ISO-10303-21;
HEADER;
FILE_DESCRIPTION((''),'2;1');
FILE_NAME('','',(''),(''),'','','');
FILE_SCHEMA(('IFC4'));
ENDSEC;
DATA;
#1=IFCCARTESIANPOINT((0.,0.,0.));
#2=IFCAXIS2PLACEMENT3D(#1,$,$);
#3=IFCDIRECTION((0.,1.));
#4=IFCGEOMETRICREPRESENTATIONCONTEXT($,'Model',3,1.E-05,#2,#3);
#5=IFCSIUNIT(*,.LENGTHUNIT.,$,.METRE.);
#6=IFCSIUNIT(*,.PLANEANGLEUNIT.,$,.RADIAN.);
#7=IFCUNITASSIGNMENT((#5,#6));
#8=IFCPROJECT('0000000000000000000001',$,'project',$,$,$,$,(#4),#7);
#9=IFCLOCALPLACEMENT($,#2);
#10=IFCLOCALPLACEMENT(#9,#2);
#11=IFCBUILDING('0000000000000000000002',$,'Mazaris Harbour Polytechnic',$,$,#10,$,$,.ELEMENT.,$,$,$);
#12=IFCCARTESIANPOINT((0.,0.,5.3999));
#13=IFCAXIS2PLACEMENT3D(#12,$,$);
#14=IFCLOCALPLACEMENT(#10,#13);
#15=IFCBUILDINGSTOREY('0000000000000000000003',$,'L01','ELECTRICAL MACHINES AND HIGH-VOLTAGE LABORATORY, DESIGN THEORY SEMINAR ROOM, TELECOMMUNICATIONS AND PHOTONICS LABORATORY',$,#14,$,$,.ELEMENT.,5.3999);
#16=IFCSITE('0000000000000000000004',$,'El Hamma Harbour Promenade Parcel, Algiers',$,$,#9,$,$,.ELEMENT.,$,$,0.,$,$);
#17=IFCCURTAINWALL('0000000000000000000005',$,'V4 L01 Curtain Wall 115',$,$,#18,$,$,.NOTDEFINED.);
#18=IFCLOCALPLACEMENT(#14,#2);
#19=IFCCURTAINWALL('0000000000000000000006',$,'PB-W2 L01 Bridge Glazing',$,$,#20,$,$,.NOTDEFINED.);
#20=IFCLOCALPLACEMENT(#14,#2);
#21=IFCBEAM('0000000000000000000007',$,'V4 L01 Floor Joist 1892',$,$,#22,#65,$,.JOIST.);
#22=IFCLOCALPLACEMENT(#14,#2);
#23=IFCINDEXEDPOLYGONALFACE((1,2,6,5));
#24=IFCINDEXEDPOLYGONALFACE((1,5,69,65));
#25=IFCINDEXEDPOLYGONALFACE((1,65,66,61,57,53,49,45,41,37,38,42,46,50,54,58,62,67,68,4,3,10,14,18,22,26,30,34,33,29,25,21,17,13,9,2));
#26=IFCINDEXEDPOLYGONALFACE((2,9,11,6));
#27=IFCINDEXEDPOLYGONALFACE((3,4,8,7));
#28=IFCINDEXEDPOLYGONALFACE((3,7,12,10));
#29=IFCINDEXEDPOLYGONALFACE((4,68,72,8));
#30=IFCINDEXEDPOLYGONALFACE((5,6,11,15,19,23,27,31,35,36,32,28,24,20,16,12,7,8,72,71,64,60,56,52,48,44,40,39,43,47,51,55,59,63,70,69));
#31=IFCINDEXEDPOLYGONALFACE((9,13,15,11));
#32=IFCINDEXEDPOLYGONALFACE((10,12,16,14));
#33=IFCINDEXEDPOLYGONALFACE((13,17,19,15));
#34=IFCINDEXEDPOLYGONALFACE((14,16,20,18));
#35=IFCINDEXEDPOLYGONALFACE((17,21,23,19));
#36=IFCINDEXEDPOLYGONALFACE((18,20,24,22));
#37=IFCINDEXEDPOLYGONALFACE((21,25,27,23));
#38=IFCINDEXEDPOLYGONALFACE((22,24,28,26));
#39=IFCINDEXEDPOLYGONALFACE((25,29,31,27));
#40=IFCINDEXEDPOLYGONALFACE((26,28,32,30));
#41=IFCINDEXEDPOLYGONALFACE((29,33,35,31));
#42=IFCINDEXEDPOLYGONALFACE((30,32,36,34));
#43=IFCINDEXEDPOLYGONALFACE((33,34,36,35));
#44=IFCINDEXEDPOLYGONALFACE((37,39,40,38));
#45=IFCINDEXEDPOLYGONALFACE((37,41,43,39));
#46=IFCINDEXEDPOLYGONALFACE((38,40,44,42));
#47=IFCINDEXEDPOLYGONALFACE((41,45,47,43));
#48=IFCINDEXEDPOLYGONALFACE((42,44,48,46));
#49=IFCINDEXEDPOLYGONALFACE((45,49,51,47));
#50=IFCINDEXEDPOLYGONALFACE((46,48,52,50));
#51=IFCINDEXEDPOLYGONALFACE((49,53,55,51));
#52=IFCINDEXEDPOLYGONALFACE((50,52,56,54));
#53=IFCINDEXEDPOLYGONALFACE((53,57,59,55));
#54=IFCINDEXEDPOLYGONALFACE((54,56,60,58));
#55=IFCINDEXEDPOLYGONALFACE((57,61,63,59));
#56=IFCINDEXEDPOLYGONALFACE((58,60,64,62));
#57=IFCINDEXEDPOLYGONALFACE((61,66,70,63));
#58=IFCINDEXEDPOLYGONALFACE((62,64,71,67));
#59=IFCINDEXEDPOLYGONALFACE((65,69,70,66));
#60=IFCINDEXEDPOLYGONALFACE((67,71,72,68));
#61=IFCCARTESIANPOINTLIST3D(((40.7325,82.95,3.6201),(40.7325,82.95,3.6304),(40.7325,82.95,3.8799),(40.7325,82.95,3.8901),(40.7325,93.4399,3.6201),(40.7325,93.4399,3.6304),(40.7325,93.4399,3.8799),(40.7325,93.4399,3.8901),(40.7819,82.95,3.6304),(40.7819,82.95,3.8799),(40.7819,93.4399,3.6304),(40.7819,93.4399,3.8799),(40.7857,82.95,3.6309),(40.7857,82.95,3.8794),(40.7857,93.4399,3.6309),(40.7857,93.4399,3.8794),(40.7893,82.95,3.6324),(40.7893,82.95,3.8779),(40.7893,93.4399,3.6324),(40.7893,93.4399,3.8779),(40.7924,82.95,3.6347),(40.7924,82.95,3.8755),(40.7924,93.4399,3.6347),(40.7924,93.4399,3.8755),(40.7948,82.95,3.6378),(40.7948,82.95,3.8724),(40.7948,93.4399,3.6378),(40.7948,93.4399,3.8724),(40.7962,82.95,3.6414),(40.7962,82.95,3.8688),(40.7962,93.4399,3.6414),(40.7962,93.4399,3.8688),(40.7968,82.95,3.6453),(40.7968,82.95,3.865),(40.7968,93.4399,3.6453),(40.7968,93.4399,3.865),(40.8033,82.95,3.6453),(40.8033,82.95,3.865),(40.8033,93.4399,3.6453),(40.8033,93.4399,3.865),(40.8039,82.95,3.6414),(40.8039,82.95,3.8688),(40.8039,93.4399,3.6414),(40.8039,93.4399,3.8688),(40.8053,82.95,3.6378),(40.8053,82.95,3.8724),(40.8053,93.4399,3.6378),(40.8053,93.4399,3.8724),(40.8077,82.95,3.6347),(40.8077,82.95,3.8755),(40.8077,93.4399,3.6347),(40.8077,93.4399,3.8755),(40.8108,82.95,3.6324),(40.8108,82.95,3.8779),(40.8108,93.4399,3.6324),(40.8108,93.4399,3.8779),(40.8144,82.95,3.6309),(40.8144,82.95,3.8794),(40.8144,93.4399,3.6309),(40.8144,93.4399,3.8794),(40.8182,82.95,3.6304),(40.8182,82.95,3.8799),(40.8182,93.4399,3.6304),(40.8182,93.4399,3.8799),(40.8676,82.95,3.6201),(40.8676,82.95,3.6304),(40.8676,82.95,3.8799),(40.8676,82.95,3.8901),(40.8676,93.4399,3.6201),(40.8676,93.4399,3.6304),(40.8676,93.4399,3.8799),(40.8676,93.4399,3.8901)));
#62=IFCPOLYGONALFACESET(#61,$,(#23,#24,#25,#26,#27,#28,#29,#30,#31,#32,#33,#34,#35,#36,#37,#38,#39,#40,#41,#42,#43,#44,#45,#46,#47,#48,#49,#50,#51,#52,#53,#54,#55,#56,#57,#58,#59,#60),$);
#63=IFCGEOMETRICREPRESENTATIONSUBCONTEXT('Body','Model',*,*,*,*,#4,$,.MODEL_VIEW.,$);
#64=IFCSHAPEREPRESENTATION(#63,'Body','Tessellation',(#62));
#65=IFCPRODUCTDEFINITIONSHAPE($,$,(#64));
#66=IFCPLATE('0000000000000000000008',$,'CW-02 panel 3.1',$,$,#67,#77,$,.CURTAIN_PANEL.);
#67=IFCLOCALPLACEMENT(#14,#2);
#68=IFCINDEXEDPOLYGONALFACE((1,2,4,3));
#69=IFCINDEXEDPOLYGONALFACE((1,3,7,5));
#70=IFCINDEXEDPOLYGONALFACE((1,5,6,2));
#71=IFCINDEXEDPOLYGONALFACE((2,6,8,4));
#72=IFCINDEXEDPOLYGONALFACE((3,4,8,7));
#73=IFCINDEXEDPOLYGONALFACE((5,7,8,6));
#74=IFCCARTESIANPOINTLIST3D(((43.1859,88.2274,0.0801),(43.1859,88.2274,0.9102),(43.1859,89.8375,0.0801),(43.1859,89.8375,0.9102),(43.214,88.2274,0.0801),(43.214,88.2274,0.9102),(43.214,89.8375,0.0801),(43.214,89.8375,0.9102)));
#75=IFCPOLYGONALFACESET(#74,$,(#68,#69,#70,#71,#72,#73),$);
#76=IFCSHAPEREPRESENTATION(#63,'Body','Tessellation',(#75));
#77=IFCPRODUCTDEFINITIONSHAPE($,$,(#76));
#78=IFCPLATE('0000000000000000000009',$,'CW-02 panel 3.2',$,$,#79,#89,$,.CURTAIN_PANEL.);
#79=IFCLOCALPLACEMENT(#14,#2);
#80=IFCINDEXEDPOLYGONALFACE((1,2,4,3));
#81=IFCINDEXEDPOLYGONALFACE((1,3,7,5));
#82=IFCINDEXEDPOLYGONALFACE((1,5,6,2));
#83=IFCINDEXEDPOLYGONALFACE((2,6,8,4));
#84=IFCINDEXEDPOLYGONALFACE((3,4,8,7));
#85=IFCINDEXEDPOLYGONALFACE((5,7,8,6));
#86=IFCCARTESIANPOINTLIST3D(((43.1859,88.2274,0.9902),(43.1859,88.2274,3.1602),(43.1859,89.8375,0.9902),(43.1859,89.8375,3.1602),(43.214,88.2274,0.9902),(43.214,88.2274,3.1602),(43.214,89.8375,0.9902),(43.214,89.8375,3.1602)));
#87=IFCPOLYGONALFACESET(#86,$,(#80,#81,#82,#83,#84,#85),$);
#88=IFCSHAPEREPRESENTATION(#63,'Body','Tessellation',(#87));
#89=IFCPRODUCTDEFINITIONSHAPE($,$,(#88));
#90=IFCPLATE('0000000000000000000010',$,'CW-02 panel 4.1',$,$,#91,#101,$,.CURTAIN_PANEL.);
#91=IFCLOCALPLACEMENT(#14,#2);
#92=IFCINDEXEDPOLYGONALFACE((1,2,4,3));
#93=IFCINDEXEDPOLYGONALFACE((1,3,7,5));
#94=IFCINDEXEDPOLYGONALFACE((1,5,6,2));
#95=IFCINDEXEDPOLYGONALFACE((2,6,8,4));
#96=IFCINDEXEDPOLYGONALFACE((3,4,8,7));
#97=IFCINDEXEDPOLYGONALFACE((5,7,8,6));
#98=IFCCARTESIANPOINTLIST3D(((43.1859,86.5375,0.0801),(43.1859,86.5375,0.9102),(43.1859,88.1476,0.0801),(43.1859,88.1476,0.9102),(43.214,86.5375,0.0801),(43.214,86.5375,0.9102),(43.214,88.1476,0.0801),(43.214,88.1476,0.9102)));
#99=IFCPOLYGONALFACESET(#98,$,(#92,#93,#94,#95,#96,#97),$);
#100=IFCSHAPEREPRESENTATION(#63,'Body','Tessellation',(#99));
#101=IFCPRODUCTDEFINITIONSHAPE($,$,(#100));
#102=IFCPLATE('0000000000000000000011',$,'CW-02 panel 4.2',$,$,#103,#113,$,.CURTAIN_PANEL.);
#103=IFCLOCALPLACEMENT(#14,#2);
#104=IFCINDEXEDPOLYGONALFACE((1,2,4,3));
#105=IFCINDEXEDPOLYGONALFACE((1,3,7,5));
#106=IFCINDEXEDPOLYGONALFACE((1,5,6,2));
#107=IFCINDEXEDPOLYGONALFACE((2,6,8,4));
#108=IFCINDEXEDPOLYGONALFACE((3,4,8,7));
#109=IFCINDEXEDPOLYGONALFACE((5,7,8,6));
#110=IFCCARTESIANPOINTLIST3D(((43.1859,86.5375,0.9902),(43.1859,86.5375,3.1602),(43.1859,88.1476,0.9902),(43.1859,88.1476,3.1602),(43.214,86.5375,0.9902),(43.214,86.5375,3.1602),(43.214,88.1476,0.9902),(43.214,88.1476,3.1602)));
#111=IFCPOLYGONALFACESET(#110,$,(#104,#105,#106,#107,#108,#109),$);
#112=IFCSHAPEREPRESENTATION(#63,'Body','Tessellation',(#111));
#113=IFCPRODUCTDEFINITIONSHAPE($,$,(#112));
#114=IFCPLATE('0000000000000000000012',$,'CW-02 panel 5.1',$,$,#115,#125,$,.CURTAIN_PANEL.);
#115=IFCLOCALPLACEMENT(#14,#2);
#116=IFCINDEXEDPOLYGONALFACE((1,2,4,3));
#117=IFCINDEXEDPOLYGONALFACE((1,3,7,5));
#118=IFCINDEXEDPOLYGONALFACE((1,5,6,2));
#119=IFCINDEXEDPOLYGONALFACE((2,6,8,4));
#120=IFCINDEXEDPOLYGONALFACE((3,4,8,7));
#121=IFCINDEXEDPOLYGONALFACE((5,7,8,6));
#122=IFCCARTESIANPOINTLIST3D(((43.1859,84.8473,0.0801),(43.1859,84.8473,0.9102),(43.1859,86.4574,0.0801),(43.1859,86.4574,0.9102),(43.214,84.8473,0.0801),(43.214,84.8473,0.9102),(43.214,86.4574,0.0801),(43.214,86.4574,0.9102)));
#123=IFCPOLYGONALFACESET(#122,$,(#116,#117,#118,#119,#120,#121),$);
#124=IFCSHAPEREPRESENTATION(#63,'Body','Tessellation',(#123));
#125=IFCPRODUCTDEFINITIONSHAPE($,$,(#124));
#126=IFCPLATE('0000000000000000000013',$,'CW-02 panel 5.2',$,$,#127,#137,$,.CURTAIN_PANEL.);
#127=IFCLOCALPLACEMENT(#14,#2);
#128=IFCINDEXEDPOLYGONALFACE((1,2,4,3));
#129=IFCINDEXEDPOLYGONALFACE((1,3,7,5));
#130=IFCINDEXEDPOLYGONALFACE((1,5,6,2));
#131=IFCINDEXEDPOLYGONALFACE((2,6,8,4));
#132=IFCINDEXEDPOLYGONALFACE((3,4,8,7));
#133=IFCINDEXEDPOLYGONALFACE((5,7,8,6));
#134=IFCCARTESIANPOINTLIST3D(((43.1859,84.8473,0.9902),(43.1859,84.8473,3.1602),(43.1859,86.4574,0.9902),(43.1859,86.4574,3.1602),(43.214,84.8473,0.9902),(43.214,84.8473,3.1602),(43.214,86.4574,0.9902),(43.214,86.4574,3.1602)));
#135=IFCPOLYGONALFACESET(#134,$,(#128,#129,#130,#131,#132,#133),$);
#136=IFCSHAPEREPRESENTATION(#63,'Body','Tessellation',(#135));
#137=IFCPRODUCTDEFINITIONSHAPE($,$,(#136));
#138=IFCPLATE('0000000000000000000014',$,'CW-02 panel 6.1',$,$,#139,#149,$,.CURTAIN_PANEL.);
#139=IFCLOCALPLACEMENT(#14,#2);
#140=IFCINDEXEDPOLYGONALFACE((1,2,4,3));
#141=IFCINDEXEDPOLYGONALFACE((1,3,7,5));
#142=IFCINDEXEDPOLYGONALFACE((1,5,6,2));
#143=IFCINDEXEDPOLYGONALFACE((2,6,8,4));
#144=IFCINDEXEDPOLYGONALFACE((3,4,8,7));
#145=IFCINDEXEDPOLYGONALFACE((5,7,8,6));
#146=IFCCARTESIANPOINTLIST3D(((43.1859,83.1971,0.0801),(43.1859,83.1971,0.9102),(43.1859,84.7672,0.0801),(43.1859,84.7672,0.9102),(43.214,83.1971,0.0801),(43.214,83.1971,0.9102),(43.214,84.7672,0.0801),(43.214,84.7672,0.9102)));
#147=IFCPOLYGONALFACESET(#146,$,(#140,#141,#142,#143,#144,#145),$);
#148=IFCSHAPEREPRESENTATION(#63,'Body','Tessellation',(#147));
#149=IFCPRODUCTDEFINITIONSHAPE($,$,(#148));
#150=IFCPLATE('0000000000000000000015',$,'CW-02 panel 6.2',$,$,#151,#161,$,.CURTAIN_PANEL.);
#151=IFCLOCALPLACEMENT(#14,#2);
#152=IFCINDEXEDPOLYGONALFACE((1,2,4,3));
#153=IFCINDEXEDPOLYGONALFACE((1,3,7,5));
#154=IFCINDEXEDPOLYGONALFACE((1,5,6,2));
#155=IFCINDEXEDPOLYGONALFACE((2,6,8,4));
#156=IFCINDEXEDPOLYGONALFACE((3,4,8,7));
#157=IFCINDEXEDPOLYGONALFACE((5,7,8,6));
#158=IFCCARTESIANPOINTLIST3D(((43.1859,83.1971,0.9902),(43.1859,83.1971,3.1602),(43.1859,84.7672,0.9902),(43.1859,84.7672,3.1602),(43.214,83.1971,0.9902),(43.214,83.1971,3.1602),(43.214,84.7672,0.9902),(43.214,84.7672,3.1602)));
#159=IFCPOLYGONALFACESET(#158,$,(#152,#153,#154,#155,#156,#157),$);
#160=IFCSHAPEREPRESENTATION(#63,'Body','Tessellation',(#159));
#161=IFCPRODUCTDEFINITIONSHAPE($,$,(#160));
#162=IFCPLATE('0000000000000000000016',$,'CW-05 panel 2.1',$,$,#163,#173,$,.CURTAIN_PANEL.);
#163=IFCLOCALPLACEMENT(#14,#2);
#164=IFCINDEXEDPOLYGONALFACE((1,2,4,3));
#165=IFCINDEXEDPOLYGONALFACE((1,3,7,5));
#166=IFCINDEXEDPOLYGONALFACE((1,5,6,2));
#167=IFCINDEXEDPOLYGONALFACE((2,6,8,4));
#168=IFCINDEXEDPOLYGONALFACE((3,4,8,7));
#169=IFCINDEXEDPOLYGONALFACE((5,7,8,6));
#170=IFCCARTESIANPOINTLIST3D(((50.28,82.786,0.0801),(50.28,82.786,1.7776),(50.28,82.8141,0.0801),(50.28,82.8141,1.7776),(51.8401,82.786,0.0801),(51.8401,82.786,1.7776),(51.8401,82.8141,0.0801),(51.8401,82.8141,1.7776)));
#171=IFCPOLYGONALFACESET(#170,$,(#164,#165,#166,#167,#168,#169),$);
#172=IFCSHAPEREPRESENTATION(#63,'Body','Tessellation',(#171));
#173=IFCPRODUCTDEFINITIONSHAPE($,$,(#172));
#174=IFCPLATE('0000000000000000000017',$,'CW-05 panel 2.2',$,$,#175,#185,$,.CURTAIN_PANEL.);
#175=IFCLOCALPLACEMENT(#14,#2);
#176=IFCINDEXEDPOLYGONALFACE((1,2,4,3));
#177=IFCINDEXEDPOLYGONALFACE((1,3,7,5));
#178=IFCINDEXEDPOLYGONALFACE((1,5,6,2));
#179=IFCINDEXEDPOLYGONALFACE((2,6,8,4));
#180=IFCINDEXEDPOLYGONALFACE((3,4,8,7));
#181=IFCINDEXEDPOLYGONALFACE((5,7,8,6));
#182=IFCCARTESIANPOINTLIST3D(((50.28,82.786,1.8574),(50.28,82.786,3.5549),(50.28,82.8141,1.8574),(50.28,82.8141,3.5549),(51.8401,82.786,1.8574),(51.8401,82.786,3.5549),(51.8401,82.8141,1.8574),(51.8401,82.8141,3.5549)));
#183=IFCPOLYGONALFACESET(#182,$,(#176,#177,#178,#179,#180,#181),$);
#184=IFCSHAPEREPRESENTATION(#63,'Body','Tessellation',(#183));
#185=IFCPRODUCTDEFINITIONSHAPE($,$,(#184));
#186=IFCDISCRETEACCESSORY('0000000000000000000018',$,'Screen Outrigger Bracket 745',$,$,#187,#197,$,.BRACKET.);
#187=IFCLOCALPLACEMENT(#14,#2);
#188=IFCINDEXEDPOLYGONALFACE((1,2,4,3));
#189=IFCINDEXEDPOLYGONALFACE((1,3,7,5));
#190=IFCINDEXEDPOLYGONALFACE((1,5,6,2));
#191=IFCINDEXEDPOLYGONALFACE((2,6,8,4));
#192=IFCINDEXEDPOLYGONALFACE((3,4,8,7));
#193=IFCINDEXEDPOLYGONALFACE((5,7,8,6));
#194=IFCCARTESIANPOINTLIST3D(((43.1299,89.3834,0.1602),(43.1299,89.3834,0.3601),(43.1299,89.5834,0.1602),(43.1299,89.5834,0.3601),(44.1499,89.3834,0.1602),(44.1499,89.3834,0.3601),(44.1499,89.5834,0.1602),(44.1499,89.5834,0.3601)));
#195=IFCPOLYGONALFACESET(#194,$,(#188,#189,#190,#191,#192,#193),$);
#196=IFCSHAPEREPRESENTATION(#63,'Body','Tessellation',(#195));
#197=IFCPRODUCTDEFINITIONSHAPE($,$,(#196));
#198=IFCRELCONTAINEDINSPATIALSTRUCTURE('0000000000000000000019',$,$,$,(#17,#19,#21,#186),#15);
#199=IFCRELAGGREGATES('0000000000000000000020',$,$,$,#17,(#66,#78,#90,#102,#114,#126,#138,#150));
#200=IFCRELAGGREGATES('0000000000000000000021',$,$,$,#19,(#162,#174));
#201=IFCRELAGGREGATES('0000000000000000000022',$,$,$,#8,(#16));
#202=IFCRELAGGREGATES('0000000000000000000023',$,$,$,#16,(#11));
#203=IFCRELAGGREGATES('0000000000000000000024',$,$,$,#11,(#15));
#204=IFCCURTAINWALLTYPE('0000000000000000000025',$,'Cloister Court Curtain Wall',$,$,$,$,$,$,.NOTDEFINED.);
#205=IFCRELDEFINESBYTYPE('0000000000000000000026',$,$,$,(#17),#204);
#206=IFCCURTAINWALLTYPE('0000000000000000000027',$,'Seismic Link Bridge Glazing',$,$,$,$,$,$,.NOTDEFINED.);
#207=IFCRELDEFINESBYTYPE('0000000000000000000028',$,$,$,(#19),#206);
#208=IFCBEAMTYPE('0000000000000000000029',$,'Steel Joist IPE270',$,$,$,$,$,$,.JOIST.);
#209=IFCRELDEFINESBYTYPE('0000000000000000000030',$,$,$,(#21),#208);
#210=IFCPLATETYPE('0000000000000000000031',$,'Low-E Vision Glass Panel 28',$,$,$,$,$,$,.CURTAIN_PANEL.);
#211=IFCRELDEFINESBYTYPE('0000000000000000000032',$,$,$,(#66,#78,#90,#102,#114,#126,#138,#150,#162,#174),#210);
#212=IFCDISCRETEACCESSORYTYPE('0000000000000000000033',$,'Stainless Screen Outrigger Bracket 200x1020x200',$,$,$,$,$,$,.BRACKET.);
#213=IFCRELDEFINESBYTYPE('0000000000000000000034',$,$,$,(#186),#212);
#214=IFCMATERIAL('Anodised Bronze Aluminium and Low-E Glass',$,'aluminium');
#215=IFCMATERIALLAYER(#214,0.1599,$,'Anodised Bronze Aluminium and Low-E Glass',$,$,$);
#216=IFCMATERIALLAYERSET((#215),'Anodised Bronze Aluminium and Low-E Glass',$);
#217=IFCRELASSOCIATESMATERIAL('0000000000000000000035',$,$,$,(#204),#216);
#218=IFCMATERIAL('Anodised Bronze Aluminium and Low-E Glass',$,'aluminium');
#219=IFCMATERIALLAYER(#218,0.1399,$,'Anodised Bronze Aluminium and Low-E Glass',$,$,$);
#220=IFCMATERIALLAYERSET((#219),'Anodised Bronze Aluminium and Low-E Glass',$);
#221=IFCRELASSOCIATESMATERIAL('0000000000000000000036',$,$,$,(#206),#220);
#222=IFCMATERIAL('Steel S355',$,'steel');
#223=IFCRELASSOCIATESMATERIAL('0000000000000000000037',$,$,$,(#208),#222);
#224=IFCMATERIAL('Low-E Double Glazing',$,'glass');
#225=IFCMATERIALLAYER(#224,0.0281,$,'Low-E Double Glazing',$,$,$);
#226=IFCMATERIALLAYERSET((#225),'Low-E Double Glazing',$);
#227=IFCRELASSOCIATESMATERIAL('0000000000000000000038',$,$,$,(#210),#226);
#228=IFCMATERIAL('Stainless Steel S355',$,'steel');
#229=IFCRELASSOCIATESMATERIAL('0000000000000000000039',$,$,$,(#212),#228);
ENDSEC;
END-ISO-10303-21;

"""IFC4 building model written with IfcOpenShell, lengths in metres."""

from ifc_helpers import new_model, si_unit, direction, frame, origin, origin_2d, place, context, subcontext, project, spatial, rectangle, i_section, extrude, material, layer, layer_set, material_profile, profile_set, type_object, element, aggregate, save


model = new_model("IFC4")

# Units and contexts
model_context = context("Model", 3, precision=1e-05, world=origin(), true_north=direction((0.0, 1.0)))
body_context = subcontext(model_context, "Body", "Model", "MODEL_VIEW")
ifc_project = project(units=[si_unit("LENGTHUNIT", "METRE"), si_unit("PLANEANGLEUNIT", "RADIAN")], contexts=[model_context])

# Site, building, storey
site_placement = place(None, origin())
site = spatial("IfcSite", under=ifc_project, at=site_placement, Name="El Hamma Harbour Promenade Parcel, Algiers", CompositionType="ELEMENT", RefElevation=0.0)
building_placement = place(site_placement, origin())
building = spatial("IfcBuilding", under=site, at=building_placement, Name="Mazaris Harbour Polytechnic", CompositionType="ELEMENT")
storey_placement = place(building_placement, frame((0.0, 0.0, 5.3999)))
storey = spatial("IfcBuildingStorey", under=building, at=storey_placement, Name="L01", Description="ELECTRICAL MACHINES AND HIGH-VOLTAGE LABORATORY, DESIGN THEORY SEMINAR ROOM, TELECOMMUNICATIONS AND PHOTONICS LABORATORY", CompositionType="ELEMENT", Elevation=5.3999)

# Curtain wall
ifc_material_1 = material(Name="Anodised Bronze Aluminium and Low-E Glass", Category="aluminium")
ifc_layer_1 = layer(ifc_material_1, 0.1599, Name="Anodised Bronze Aluminium and Low-E Glass")
ifc_layer_set_1 = layer_set([ifc_layer_1], Name="Anodised Bronze Aluminium and Low-E Glass")
curtain_wall_type_1 = type_object("IfcCurtainWallType", Name="Cloister Court Curtain Wall", PredefinedType="NOTDEFINED", material=ifc_layer_set_1)
curtain_wall_1_placement = place(storey_placement, origin())
curtain_wall_1 = element("IfcCurtainWall", 1, at=curtain_wall_1_placement, inside=storey, type_object=curtain_wall_type_1, Name="V4 L01 Curtain Wall 115", PredefinedType="NOTDEFINED")

# Curtain wall
ifc_material_2 = material(Name="Anodised Bronze Aluminium and Low-E Glass", Category="aluminium")
ifc_layer_2 = layer(ifc_material_2, 0.1399, Name="Anodised Bronze Aluminium and Low-E Glass")
ifc_layer_set_2 = layer_set([ifc_layer_2], Name="Anodised Bronze Aluminium and Low-E Glass")
curtain_wall_type_2 = type_object("IfcCurtainWallType", Name="Seismic Link Bridge Glazing", PredefinedType="NOTDEFINED", material=ifc_layer_set_2)
curtain_wall_2_placement = place(storey_placement, origin())
curtain_wall_2 = element("IfcCurtainWall", 2, at=curtain_wall_2_placement, inside=storey, type_object=curtain_wall_type_2, Name="PB-W2 L01 Bridge Glazing", PredefinedType="NOTDEFINED")

# Beam
ifc_material_3 = material(Name="Steel S355", Category="steel")
ifc_material_profile_1 = material_profile(ifc_material_3, i_section(OverallWidth=0.135, OverallDepth=0.27, WebThickness=0.0066, FlangeThickness=0.0103, FilletRadius=0.0149, at=origin_2d()), Name="IPE 270")
ifc_profile_set_1 = profile_set([ifc_material_profile_1], Name="Steel S355")
beam_type_1 = type_object("IfcBeamType", Name="Steel Joist IPE270", PredefinedType="JOIST", material=ifc_profile_set_1)
beam_1_placement = place(storey_placement, frame((40.8, 82.95, 3.7551), z_axis=(0.0, 1.0, 0.0), x_axis=(-1.0, 0.0, 0.0)))
element("IfcBeam", 3, at=beam_1_placement, inside=storey, type_object=beam_type_1, Name="V4 L01 Floor Joist 1892", PredefinedType="JOIST", context=body_context, shape_type="SweptSolid", body=[
    extrude(i_section(OverallWidth=0.135, OverallDepth=0.27, WebThickness=0.0066, FlangeThickness=0.0103, FilletRadius=0.0149, at=origin_2d()), origin(), (0.0, 0.0, 1.0), 10.49),
])

# Plates
ifc_material_4 = material(Name="Low-E Double Glazing", Category="glass")
ifc_layer_3 = layer(ifc_material_4, 0.0281, Name="Low-E Double Glazing")
ifc_layer_set_3 = layer_set([ifc_layer_3], Name="Low-E Double Glazing")
plate_type = type_object("IfcPlateType", Name="Low-E Vision Glass Panel 28", PredefinedType="CURTAIN_PANEL", material=ifc_layer_set_3)
plate_1_placement = place(storey_placement, frame((43.2, 89.0325, 0.0801), z_axis=(0.0, 0.0, 1.0), x_axis=(0.0, -1.0, 0.0)))
plate_1 = element("IfcPlate", 4, at=plate_1_placement, type_object=plate_type, Name="CW-02 panel 3.1", PredefinedType="CURTAIN_PANEL", context=body_context, shape_type="SweptSolid", body=[
    extrude(rectangle(XDim=1.6101, YDim=0.0281, at=origin_2d()), origin(), (0.0, 0.0, 1.0), 0.8301),
])
plate_2_placement = place(storey_placement, frame((43.2, 89.0325, 0.9902), z_axis=(0.0, 0.0, 1.0), x_axis=(0.0, -1.0, 0.0)))
plate_2 = element("IfcPlate", 5, at=plate_2_placement, type_object=plate_type, Name="CW-02 panel 3.2", PredefinedType="CURTAIN_PANEL", context=body_context, shape_type="SweptSolid", body=[
    extrude(rectangle(XDim=1.6101, YDim=0.0281, at=origin_2d()), origin(), (0.0, 0.0, 1.0), 2.1699),
])
plate_3_placement = place(storey_placement, frame((43.2, 87.3425, 0.0801), z_axis=(0.0, 0.0, 1.0), x_axis=(0.0, -1.0, 0.0)))
plate_3 = element("IfcPlate", 6, at=plate_3_placement, type_object=plate_type, Name="CW-02 panel 4.1", PredefinedType="CURTAIN_PANEL", context=body_context, shape_type="SweptSolid", body=[
    extrude(rectangle(XDim=1.6101, YDim=0.0281, at=origin_2d()), origin(), (0.0, 0.0, 1.0), 0.8301),
])
plate_4_placement = place(storey_placement, frame((43.2, 87.3425, 0.9902), z_axis=(0.0, 0.0, 1.0), x_axis=(0.0, -1.0, 0.0)))
plate_4 = element("IfcPlate", 7, at=plate_4_placement, type_object=plate_type, Name="CW-02 panel 4.2", PredefinedType="CURTAIN_PANEL", context=body_context, shape_type="SweptSolid", body=[
    extrude(rectangle(XDim=1.6101, YDim=0.0281, at=origin_2d()), origin(), (0.0, 0.0, 1.0), 2.1699),
])
plate_5_placement = place(storey_placement, frame((43.2, 85.6523, 0.0801), z_axis=(0.0, 0.0, 1.0), x_axis=(0.0, -1.0, 0.0)))
plate_5 = element("IfcPlate", 8, at=plate_5_placement, type_object=plate_type, Name="CW-02 panel 5.1", PredefinedType="CURTAIN_PANEL", context=body_context, shape_type="SweptSolid", body=[
    extrude(rectangle(XDim=1.6101, YDim=0.0281, at=origin_2d()), origin(), (0.0, 0.0, 1.0), 0.8301),
])
plate_6_placement = place(storey_placement, frame((43.2, 85.6523, 0.9902), z_axis=(0.0, 0.0, 1.0), x_axis=(0.0, -1.0, 0.0)))
plate_6 = element("IfcPlate", 9, at=plate_6_placement, type_object=plate_type, Name="CW-02 panel 5.2", PredefinedType="CURTAIN_PANEL", context=body_context, shape_type="SweptSolid", body=[
    extrude(rectangle(XDim=1.6101, YDim=0.0281, at=origin_2d()), origin(), (0.0, 0.0, 1.0), 2.1699),
])
plate_7_placement = place(storey_placement, frame((43.2, 83.9822, 0.0801), z_axis=(0.0, 0.0, 1.0), x_axis=(0.0, -1.0, 0.0)))
plate_7 = element("IfcPlate", 10, at=plate_7_placement, type_object=plate_type, Name="CW-02 panel 6.1", PredefinedType="CURTAIN_PANEL", context=body_context, shape_type="SweptSolid", body=[
    extrude(rectangle(XDim=1.5701, YDim=0.0281, at=origin_2d()), origin(), (0.0, 0.0, 1.0), 0.8301),
])
plate_8_placement = place(storey_placement, frame((43.2, 83.9822, 0.9902), z_axis=(0.0, 0.0, 1.0), x_axis=(0.0, -1.0, 0.0)))
plate_8 = element("IfcPlate", 11, at=plate_8_placement, type_object=plate_type, Name="CW-02 panel 6.2", PredefinedType="CURTAIN_PANEL", context=body_context, shape_type="SweptSolid", body=[
    extrude(rectangle(XDim=1.5701, YDim=0.0281, at=origin_2d()), origin(), (0.0, 0.0, 1.0), 2.1699),
])
aggregate(curtain_wall_1, [plate_1, plate_2, plate_3, plate_4, plate_5, plate_6, plate_7, plate_8])
plate_9_placement = place(storey_placement, frame((51.0601, 82.8, 0.0801), z_axis=(0.0, 0.0, 1.0), x_axis=(-1.0, 0.0, 0.0)))
plate_9 = element("IfcPlate", 12, at=plate_9_placement, type_object=plate_type, Name="CW-05 panel 2.1", PredefinedType="CURTAIN_PANEL", context=body_context, shape_type="SweptSolid", body=[
    extrude(rectangle(XDim=1.5601, YDim=0.0281, at=origin_2d()), origin(), (0.0, 0.0, 1.0), 1.6975),
])
plate_10_placement = place(storey_placement, frame((51.0601, 82.8, 1.8574), z_axis=(0.0, 0.0, 1.0), x_axis=(-1.0, 0.0, 0.0)))
plate_10 = element("IfcPlate", 13, at=plate_10_placement, type_object=plate_type, Name="CW-05 panel 2.2", PredefinedType="CURTAIN_PANEL", context=body_context, shape_type="SweptSolid", body=[
    extrude(rectangle(XDim=1.5601, YDim=0.0281, at=origin_2d()), origin(), (0.0, 0.0, 1.0), 1.6975),
])
aggregate(curtain_wall_2, [plate_9, plate_10])

# Discrete accessory
ifc_material_5 = material(Name="Stainless Steel S355", Category="steel")
discrete_accessory_type = type_object("IfcDiscreteAccessoryType", Name="Stainless Screen Outrigger Bracket 200x1020x200", PredefinedType="BRACKET", material=ifc_material_5)
for number, where, z_axis, x_axis, name in (
    (14, (43.6399, 89.4834, 0.1602), (0.0, 0.0, 1.0), (0.0, -1.0, 0.0), "Screen Outrigger Bracket 745"),
):
    element("IfcDiscreteAccessory", number, at=place(storey_placement, frame(where, z_axis=z_axis, x_axis=x_axis)), inside=storey, type_object=discrete_accessory_type, Name=name, PredefinedType="BRACKET", context=body_context, shape_type="SweptSolid", body=[
        extrude(rectangle(XDim=0.2, YDim=1.02, at=origin_2d()), origin(), (0.0, 0.0, 1.0), 0.2),
    ])

save(model, "model.ifc")
